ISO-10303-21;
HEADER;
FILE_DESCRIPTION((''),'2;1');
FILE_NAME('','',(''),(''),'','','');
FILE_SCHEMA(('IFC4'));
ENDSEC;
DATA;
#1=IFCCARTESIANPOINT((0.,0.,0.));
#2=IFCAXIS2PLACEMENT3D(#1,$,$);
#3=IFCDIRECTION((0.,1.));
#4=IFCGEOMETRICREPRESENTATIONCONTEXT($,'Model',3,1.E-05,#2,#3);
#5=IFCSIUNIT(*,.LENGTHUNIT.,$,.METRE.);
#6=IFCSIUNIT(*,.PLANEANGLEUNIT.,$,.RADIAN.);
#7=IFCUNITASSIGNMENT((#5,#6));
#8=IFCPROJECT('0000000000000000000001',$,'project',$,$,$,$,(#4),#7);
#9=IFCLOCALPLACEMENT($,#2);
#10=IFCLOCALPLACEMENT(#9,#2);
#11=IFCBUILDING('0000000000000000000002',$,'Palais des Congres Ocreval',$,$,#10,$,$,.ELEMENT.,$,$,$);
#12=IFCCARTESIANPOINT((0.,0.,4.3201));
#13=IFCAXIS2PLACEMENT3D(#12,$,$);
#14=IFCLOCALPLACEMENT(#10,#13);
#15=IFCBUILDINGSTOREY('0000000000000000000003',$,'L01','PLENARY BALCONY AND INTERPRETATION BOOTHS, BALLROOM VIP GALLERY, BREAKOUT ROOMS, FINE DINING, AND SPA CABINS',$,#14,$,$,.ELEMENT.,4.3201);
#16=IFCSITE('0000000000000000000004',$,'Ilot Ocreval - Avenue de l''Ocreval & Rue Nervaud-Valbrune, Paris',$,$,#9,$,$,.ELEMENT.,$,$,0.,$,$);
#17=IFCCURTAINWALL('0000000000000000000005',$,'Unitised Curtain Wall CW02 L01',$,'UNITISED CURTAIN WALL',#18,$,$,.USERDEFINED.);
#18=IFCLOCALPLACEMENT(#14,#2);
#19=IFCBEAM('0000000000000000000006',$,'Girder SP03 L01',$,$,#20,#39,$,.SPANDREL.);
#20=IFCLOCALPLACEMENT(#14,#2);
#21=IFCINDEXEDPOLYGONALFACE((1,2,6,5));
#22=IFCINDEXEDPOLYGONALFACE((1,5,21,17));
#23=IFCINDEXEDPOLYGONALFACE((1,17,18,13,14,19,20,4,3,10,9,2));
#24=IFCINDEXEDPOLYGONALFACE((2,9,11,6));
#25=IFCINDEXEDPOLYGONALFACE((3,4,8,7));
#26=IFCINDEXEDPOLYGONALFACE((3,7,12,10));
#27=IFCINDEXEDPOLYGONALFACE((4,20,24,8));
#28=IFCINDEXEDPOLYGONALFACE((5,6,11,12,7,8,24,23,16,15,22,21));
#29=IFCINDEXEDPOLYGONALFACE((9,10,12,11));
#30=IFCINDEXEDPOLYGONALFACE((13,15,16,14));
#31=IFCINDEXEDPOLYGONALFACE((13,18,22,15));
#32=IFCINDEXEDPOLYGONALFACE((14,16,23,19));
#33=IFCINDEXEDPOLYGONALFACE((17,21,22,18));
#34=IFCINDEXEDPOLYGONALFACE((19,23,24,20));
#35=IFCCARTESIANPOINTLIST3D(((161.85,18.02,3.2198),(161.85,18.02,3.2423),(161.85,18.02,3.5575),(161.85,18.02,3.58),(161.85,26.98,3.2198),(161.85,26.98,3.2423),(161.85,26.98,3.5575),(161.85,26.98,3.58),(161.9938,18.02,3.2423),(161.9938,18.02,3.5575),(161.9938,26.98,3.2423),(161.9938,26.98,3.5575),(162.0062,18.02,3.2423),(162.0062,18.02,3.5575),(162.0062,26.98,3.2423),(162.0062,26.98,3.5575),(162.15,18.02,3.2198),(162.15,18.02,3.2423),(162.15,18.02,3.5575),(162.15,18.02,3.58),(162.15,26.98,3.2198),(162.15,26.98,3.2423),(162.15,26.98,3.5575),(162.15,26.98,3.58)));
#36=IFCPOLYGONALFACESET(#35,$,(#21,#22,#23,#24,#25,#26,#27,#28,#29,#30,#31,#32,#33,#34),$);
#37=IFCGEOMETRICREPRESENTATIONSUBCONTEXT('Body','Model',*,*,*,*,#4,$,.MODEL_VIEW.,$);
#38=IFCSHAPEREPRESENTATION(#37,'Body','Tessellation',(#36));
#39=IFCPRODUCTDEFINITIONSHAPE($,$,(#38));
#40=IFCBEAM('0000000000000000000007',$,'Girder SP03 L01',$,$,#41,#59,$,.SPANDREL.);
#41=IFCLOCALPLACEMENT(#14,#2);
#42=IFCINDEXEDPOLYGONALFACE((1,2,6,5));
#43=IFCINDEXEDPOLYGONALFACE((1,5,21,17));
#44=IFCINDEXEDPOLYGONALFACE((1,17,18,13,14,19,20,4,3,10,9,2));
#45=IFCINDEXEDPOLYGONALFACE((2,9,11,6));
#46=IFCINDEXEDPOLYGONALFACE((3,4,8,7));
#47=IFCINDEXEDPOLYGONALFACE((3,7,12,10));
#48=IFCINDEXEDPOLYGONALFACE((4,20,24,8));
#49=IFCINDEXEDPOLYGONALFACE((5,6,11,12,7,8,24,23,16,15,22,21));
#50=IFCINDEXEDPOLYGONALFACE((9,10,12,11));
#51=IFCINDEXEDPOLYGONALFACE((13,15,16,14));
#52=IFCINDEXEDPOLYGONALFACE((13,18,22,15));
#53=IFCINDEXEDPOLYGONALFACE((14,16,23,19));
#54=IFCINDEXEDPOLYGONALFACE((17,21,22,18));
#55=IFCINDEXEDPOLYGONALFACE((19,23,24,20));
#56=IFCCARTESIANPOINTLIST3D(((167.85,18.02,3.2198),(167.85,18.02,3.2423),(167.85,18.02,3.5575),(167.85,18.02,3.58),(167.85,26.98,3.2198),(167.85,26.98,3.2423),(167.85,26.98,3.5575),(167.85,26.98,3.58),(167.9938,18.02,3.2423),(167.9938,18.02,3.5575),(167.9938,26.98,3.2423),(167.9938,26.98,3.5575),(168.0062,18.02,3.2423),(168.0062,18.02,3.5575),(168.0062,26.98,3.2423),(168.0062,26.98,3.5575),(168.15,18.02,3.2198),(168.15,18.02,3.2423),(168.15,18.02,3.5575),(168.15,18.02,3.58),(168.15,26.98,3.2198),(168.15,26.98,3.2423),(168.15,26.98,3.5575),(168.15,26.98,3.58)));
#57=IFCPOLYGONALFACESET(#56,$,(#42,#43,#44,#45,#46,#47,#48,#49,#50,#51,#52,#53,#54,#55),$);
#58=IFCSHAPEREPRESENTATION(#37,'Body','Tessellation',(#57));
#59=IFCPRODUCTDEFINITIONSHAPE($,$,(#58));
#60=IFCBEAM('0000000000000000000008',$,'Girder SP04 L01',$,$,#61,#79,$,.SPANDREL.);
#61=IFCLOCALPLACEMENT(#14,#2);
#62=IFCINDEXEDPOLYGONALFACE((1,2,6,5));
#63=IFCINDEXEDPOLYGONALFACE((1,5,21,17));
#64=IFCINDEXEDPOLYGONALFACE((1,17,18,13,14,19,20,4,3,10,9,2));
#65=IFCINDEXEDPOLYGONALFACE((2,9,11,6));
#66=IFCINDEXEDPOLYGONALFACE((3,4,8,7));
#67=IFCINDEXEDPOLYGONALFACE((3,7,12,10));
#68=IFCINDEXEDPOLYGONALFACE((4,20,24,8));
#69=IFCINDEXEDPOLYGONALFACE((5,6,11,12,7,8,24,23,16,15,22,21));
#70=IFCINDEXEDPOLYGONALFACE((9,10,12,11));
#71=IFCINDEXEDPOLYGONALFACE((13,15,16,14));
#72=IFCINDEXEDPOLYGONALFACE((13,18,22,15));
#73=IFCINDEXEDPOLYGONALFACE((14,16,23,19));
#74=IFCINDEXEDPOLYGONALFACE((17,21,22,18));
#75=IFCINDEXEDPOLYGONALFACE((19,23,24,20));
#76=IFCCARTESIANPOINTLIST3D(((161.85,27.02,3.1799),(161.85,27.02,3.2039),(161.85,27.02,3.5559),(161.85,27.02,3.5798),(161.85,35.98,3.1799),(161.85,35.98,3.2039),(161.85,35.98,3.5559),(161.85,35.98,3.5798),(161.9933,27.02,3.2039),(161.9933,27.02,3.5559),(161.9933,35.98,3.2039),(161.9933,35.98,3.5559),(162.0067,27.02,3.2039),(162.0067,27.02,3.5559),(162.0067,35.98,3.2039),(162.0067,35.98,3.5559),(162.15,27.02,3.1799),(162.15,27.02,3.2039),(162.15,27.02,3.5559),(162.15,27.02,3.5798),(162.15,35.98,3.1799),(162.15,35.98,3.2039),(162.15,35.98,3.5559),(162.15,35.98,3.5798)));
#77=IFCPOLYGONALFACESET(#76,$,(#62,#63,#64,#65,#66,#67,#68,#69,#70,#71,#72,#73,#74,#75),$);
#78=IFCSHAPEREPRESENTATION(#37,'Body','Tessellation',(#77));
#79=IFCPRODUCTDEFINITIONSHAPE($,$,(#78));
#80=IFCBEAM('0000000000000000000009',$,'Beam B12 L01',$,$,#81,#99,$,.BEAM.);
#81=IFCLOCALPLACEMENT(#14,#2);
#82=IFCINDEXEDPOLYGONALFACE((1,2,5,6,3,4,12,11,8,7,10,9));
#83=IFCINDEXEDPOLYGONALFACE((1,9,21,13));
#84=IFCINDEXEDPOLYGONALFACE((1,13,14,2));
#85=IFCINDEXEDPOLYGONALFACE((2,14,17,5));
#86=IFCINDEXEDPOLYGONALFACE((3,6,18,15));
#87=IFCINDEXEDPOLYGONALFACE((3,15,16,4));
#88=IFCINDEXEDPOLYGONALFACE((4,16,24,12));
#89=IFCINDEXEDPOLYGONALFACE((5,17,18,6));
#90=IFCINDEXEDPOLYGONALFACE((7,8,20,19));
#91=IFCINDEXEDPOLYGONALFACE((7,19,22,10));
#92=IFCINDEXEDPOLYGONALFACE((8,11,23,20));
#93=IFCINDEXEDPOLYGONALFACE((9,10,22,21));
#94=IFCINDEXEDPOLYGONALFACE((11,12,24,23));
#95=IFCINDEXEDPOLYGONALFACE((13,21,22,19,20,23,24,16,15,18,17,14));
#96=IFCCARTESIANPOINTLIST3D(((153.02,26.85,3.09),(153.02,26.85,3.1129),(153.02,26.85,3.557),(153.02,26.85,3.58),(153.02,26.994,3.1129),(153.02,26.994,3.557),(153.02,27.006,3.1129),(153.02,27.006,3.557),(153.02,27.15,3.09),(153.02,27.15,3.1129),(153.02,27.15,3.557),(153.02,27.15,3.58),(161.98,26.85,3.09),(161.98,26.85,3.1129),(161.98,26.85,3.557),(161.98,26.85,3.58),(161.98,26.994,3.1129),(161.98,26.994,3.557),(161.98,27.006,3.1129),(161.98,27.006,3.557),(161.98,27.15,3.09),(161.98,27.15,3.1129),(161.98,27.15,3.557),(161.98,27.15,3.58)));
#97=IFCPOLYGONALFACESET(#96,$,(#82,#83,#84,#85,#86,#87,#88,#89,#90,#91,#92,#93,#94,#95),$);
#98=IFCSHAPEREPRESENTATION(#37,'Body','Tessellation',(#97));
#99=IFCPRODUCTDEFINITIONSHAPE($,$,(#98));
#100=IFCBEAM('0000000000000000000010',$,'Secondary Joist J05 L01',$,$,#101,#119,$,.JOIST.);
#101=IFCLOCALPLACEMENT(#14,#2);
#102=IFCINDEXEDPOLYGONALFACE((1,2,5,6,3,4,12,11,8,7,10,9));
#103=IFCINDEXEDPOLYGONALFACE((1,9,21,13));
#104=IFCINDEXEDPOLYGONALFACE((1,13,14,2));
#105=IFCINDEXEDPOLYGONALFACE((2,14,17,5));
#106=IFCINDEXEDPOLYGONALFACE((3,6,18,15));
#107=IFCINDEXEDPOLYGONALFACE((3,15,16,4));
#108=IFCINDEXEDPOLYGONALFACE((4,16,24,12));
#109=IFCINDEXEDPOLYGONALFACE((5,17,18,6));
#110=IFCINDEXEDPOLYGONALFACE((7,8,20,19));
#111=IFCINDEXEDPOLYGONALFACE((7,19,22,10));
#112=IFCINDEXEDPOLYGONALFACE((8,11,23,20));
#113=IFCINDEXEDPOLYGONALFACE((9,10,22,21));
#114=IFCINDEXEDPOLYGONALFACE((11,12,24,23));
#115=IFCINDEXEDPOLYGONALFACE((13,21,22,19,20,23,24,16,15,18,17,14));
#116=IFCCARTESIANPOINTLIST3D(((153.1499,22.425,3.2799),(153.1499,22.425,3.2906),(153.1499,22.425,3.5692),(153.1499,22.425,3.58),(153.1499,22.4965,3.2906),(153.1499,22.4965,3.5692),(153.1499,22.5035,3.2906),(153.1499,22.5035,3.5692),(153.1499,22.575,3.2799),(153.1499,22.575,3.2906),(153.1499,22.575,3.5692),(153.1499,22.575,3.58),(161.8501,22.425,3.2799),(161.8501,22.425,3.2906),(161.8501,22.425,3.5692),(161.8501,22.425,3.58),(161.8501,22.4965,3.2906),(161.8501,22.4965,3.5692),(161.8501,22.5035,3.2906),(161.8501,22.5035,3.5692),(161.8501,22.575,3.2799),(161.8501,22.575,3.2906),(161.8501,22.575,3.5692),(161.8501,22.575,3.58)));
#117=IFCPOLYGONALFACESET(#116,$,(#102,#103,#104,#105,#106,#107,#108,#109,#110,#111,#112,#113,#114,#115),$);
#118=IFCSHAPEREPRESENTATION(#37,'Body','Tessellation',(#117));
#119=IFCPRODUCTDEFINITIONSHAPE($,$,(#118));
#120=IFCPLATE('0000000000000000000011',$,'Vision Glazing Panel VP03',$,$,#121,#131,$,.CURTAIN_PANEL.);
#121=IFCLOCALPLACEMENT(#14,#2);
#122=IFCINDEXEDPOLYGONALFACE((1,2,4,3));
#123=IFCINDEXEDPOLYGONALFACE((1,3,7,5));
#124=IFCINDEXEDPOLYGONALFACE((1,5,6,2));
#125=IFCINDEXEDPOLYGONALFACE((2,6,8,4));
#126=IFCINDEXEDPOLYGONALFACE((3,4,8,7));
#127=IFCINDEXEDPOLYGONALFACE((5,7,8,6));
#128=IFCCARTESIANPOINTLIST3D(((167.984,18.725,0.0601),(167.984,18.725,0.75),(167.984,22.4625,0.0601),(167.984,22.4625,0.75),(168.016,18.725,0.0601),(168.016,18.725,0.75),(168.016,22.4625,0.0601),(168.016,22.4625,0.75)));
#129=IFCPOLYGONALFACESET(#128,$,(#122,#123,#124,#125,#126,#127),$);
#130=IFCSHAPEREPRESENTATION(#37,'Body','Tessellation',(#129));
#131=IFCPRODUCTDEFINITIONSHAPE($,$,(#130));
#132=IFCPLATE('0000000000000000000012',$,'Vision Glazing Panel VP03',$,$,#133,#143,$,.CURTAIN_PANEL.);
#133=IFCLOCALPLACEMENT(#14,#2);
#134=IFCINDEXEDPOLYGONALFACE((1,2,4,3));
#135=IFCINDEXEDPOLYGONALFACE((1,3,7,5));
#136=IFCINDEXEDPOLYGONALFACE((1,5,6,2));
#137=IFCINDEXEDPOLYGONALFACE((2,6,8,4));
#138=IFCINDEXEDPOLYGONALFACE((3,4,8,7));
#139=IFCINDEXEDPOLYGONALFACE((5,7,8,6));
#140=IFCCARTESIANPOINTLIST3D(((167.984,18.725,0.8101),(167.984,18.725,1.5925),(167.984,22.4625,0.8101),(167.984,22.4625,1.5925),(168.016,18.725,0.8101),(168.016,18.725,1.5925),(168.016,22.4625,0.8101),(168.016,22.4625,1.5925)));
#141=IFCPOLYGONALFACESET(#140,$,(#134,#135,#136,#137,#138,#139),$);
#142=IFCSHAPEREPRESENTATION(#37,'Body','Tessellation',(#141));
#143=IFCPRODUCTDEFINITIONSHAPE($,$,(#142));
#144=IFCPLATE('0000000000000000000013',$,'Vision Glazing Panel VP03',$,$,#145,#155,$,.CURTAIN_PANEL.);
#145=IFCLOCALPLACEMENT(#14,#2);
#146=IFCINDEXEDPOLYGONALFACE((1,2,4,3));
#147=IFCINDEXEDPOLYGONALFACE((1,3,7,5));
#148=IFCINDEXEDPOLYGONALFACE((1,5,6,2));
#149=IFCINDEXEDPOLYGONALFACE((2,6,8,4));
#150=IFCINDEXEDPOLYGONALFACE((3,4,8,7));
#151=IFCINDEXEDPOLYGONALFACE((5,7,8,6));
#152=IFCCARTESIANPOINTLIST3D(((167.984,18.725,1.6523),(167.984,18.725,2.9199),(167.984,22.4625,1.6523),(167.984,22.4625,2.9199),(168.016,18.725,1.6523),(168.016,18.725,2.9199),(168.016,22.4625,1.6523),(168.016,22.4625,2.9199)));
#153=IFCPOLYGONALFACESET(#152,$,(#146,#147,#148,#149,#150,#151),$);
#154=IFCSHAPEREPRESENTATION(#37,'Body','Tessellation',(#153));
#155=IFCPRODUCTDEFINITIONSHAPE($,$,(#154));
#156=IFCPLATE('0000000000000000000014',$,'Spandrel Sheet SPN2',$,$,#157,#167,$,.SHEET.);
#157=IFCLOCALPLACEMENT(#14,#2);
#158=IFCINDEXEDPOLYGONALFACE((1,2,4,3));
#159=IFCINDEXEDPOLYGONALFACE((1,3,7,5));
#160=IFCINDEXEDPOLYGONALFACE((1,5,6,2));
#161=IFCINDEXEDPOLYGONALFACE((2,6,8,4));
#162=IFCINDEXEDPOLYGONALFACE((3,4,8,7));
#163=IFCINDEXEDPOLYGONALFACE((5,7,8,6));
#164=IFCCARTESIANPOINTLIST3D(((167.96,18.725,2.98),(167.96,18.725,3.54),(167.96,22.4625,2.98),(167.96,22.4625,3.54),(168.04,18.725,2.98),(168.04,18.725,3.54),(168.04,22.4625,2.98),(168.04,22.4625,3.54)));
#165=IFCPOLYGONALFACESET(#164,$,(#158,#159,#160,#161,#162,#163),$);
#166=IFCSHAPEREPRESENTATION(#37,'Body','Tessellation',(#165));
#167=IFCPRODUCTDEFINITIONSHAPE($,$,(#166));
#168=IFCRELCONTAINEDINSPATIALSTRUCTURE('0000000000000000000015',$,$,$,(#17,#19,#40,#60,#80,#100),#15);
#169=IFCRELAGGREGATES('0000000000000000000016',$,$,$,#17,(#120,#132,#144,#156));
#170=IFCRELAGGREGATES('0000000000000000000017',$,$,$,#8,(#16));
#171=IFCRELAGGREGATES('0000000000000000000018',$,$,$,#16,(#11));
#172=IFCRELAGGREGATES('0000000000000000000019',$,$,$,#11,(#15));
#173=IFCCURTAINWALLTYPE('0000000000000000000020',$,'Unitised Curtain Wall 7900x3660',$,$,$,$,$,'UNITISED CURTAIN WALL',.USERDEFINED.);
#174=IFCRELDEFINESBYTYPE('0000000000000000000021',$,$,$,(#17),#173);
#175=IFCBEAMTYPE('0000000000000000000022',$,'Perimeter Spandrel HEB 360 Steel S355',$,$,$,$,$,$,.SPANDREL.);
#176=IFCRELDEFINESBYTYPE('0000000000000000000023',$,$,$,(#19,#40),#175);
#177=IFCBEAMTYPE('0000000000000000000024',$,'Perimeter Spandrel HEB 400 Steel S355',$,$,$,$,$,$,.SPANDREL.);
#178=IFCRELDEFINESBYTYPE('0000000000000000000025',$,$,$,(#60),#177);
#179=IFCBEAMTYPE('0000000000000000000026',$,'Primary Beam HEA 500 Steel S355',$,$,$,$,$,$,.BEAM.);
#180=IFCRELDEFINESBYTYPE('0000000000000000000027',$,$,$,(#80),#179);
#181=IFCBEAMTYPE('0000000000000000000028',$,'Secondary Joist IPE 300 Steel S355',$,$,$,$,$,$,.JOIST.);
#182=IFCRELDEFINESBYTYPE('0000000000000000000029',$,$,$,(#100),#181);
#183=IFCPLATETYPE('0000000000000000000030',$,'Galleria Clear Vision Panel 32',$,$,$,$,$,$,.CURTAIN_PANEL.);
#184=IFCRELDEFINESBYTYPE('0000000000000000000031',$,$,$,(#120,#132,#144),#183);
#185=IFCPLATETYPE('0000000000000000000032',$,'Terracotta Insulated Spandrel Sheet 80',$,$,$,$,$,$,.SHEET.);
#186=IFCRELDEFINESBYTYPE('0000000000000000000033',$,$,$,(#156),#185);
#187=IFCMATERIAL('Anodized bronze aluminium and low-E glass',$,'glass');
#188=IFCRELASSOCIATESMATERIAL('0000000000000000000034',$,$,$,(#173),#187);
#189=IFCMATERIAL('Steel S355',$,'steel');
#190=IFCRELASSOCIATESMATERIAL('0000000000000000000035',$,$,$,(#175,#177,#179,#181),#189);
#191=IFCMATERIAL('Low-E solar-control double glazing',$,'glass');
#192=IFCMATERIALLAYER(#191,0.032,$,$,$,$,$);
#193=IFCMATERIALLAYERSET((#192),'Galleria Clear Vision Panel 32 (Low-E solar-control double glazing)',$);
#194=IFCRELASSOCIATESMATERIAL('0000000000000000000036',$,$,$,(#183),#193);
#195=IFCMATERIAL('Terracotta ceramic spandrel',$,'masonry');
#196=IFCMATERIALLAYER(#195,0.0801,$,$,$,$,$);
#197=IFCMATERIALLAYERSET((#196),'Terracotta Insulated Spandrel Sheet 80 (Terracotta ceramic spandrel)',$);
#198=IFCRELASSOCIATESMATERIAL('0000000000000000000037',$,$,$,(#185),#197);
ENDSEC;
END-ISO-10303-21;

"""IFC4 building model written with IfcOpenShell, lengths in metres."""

from ifc_helpers import new_model, si_unit, direction, frame, origin, origin_2d, place, context, subcontext, project, spatial, rectangle, i_section, extrude, material, layer, layer_set, material_profile, profile_set, type_object, element, aggregate, save


model = new_model("IFC4")

# Units and contexts
model_context = context("Model", 3, precision=1e-05, world=origin(), true_north=direction((0.0, 1.0)))
body_context = subcontext(model_context, "Body", "Model", "MODEL_VIEW")
ifc_project = project(units=[si_unit("LENGTHUNIT", "METRE"), si_unit("PLANEANGLEUNIT", "RADIAN")], contexts=[model_context])

# Site, building, storey
site_placement = place(None, origin())
site = spatial("IfcSite", under=ifc_project, at=site_placement, Name="Ilot Ocreval - Avenue de l'Ocreval & Rue Nervaud-Valbrune, Paris", CompositionType="ELEMENT", RefElevation=0.0)
building_placement = place(site_placement, origin())
building = spatial("IfcBuilding", under=site, at=building_placement, Name="Palais des Congres Ocreval", CompositionType="ELEMENT")
storey_placement = place(building_placement, frame((0.0, 0.0, 4.3201)))
storey = spatial("IfcBuildingStorey", under=building, at=storey_placement, Name="L01", Description="PLENARY BALCONY AND INTERPRETATION BOOTHS, BALLROOM VIP GALLERY, BREAKOUT ROOMS, FINE DINING, AND SPA CABINS", CompositionType="ELEMENT", Elevation=4.3201)

# Shared definitions
ifc_material_1 = material(Name="Steel S355", Category="steel")

# Curtain wall
ifc_material_2 = material(Name="Anodized bronze aluminium and low-E glass", Category="glass")
curtain_wall_type = type_object("IfcCurtainWallType", Name="Unitised Curtain Wall 7900x3660", ElementType="UNITISED CURTAIN WALL", PredefinedType="USERDEFINED", material=ifc_material_2)
curtain_wall_placement = place(storey_placement, origin())
curtain_wall = element("IfcCurtainWall", 1, at=curtain_wall_placement, inside=storey, type_object=curtain_wall_type, Name="Unitised Curtain Wall CW02 L01", ObjectType="UNITISED CURTAIN WALL", PredefinedType="USERDEFINED")

# Beams
ifc_material_profile_1 = material_profile(ifc_material_1, i_section(OverallWidth=0.3, OverallDepth=0.3601, WebThickness=0.0125, FlangeThickness=0.0225, at=origin_2d()), Name="HEB 360")
ifc_profile_set_1 = profile_set([ifc_material_profile_1], Name="Steel S355")
beam_type_1 = type_object("IfcBeamType", Name="Perimeter Spandrel HEB 360 Steel S355", PredefinedType="SPANDREL", material=ifc_profile_set_1)
for number, where, z_axis, x_axis, name in (
    (2, (162.0, 18.02, 3.3999), (0.0, 1.0, 0.0), (-1.0, 0.0, 0.0), "Girder SP03 L01"),
    (3, (168.0, 18.02, 3.3999), (0.0, 1.0, 0.0), (-1.0, 0.0, 0.0), "Girder SP03 L01"),
):
    element("IfcBeam", number, at=place(storey_placement, frame(where, z_axis=z_axis, x_axis=x_axis)), inside=storey, type_object=beam_type_1, Name=name, PredefinedType="SPANDREL", context=body_context, shape_type="SweptSolid", body=[
        extrude(i_section(OverallWidth=0.3, OverallDepth=0.3601, WebThickness=0.0125, FlangeThickness=0.0225, at=origin_2d()), origin(), (0.0, 0.0, 1.0), 8.96),
    ])
ifc_material_profile_2 = material_profile(ifc_material_1, i_section(OverallWidth=0.3, OverallDepth=0.3999, WebThickness=0.0134, FlangeThickness=0.0239, at=origin_2d()), Name="HEB 400")
ifc_profile_set_2 = profile_set([ifc_material_profile_2], Name="Steel S355")
beam_type_2 = type_object("IfcBeamType", Name="Perimeter Spandrel HEB 400 Steel S355", PredefinedType="SPANDREL", material=ifc_profile_set_2)
beam_1_placement = place(storey_placement, frame((162.0, 27.02, 3.3799), z_axis=(0.0, 1.0, 0.0), x_axis=(-1.0, 0.0, 0.0)))
element("IfcBeam", 4, at=beam_1_placement, inside=storey, type_object=beam_type_2, Name="Girder SP04 L01", PredefinedType="SPANDREL", context=body_context, shape_type="SweptSolid", body=[
    extrude(i_section(OverallWidth=0.3, OverallDepth=0.3999, WebThickness=0.0134, FlangeThickness=0.0239, at=origin_2d()), origin(), (0.0, 0.0, 1.0), 8.96),
])
ifc_material_profile_3 = material_profile(ifc_material_1, i_section(OverallWidth=0.3, OverallDepth=0.49, WebThickness=0.012, FlangeThickness=0.0229, at=origin_2d()), Name="HEA 500")
ifc_profile_set_3 = profile_set([ifc_material_profile_3], Name="Steel S355")
beam_type_3 = type_object("IfcBeamType", Name="Primary Beam HEA 500 Steel S355", PredefinedType="BEAM", material=ifc_profile_set_3)
beam_2_placement = place(storey_placement, frame((153.02, 27.0, 3.335), z_axis=(1.0, 0.0, 0.0), x_axis=(0.0, 1.0, 0.0)))
element("IfcBeam", 5, at=beam_2_placement, inside=storey, type_object=beam_type_3, Name="Beam B12 L01", PredefinedType="BEAM", context=body_context, shape_type="SweptSolid", body=[
    extrude(i_section(OverallWidth=0.3, OverallDepth=0.49, WebThickness=0.012, FlangeThickness=0.0229, at=origin_2d()), origin(), (0.0, 0.0, 1.0), 8.96),
])
ifc_material_profile_4 = material_profile(ifc_material_1, i_section(OverallWidth=0.1499, OverallDepth=0.3, WebThickness=0.0071, FlangeThickness=0.0107, at=origin_2d()), Name="IPE 300")
ifc_profile_set_4 = profile_set([ifc_material_profile_4], Name="Steel S355")
beam_type_4 = type_object("IfcBeamType", Name="Secondary Joist IPE 300 Steel S355", PredefinedType="JOIST", material=ifc_profile_set_4)
beam_3_placement = place(storey_placement, frame((153.1499, 22.5, 3.4299), z_axis=(1.0, 0.0, 0.0), x_axis=(0.0, 1.0, 0.0)))
element("IfcBeam", 6, at=beam_3_placement, inside=storey, type_object=beam_type_4, Name="Secondary Joist J05 L01", PredefinedType="JOIST", context=body_context, shape_type="SweptSolid", body=[
    extrude(i_section(OverallWidth=0.1499, OverallDepth=0.3, WebThickness=0.0071, FlangeThickness=0.0107, at=origin_2d()), origin(), (0.0, 0.0, 1.0), 8.7002),
])

# Plates
ifc_material_3 = material(Name="Low-E solar-control double glazing", Category="glass")
ifc_layer_1 = layer(ifc_material_3, 0.032)
ifc_layer_set_1 = layer_set([ifc_layer_1], Name="Galleria Clear Vision Panel 32 (Low-E solar-control double glazing)")
plate_type_1 = type_object("IfcPlateType", Name="Galleria Clear Vision Panel 32", PredefinedType="CURTAIN_PANEL", material=ifc_layer_set_1)
plate_1_placement = place(storey_placement, frame((168.0, 20.5938, 0.0601), z_axis=(0.0, 0.0, 1.0), x_axis=(0.0, -1.0, 0.0)))
plate_1 = element("IfcPlate", 7, at=plate_1_placement, type_object=plate_type_1, Name="Vision Glazing Panel VP03", PredefinedType="CURTAIN_PANEL", context=body_context, shape_type="SweptSolid", body=[
    extrude(rectangle(XDim=3.7375, YDim=0.032, at=origin_2d()), origin(), (0.0, 0.0, 1.0), 0.6899),
])
plate_2_placement = place(storey_placement, frame((168.0, 20.5938, 0.8101), z_axis=(0.0, 0.0, 1.0), x_axis=(0.0, -1.0, 0.0)))
plate_2 = element("IfcPlate", 8, at=plate_2_placement, type_object=plate_type_1, Name="Vision Glazing Panel VP03", PredefinedType="CURTAIN_PANEL", context=body_context, shape_type="SweptSolid", body=[
    extrude(rectangle(XDim=3.7375, YDim=0.032, at=origin_2d()), origin(), (0.0, 0.0, 1.0), 0.7825),
])
plate_3_placement = place(storey_placement, frame((168.0, 20.5938, 1.6523), z_axis=(0.0, 0.0, 1.0), x_axis=(0.0, -1.0, 0.0)))
plate_3 = element("IfcPlate", 9, at=plate_3_placement, type_object=plate_type_1, Name="Vision Glazing Panel VP03", PredefinedType="CURTAIN_PANEL", context=body_context, shape_type="SweptSolid", body=[
    extrude(rectangle(XDim=3.7375, YDim=0.032, at=origin_2d()), origin(), (0.0, 0.0, 1.0), 1.2676),
])
ifc_material_4 = material(Name="Terracotta ceramic spandrel", Category="masonry")
ifc_layer_2 = layer(ifc_material_4, 0.0801)
ifc_layer_set_2 = layer_set([ifc_layer_2], Name="Terracotta Insulated Spandrel Sheet 80 (Terracotta ceramic spandrel)")
plate_type_2 = type_object("IfcPlateType", Name="Terracotta Insulated Spandrel Sheet 80", PredefinedType="SHEET", material=ifc_layer_set_2)
plate_4_placement = place(storey_placement, frame((168.0, 20.5938, 2.98), z_axis=(0.0, 0.0, 1.0), x_axis=(0.0, -1.0, 0.0)))
plate_4 = element("IfcPlate", 10, at=plate_4_placement, type_object=plate_type_2, Name="Spandrel Sheet SPN2", PredefinedType="SHEET", context=body_context, shape_type="SweptSolid", body=[
    extrude(rectangle(XDim=3.7375, YDim=0.0801, at=origin_2d()), origin(), (0.0, 0.0, 1.0), 0.5601),
])
aggregate(curtain_wall, [plate_1, plate_2, plate_3, plate_4])

save(model, "model.ifc")
